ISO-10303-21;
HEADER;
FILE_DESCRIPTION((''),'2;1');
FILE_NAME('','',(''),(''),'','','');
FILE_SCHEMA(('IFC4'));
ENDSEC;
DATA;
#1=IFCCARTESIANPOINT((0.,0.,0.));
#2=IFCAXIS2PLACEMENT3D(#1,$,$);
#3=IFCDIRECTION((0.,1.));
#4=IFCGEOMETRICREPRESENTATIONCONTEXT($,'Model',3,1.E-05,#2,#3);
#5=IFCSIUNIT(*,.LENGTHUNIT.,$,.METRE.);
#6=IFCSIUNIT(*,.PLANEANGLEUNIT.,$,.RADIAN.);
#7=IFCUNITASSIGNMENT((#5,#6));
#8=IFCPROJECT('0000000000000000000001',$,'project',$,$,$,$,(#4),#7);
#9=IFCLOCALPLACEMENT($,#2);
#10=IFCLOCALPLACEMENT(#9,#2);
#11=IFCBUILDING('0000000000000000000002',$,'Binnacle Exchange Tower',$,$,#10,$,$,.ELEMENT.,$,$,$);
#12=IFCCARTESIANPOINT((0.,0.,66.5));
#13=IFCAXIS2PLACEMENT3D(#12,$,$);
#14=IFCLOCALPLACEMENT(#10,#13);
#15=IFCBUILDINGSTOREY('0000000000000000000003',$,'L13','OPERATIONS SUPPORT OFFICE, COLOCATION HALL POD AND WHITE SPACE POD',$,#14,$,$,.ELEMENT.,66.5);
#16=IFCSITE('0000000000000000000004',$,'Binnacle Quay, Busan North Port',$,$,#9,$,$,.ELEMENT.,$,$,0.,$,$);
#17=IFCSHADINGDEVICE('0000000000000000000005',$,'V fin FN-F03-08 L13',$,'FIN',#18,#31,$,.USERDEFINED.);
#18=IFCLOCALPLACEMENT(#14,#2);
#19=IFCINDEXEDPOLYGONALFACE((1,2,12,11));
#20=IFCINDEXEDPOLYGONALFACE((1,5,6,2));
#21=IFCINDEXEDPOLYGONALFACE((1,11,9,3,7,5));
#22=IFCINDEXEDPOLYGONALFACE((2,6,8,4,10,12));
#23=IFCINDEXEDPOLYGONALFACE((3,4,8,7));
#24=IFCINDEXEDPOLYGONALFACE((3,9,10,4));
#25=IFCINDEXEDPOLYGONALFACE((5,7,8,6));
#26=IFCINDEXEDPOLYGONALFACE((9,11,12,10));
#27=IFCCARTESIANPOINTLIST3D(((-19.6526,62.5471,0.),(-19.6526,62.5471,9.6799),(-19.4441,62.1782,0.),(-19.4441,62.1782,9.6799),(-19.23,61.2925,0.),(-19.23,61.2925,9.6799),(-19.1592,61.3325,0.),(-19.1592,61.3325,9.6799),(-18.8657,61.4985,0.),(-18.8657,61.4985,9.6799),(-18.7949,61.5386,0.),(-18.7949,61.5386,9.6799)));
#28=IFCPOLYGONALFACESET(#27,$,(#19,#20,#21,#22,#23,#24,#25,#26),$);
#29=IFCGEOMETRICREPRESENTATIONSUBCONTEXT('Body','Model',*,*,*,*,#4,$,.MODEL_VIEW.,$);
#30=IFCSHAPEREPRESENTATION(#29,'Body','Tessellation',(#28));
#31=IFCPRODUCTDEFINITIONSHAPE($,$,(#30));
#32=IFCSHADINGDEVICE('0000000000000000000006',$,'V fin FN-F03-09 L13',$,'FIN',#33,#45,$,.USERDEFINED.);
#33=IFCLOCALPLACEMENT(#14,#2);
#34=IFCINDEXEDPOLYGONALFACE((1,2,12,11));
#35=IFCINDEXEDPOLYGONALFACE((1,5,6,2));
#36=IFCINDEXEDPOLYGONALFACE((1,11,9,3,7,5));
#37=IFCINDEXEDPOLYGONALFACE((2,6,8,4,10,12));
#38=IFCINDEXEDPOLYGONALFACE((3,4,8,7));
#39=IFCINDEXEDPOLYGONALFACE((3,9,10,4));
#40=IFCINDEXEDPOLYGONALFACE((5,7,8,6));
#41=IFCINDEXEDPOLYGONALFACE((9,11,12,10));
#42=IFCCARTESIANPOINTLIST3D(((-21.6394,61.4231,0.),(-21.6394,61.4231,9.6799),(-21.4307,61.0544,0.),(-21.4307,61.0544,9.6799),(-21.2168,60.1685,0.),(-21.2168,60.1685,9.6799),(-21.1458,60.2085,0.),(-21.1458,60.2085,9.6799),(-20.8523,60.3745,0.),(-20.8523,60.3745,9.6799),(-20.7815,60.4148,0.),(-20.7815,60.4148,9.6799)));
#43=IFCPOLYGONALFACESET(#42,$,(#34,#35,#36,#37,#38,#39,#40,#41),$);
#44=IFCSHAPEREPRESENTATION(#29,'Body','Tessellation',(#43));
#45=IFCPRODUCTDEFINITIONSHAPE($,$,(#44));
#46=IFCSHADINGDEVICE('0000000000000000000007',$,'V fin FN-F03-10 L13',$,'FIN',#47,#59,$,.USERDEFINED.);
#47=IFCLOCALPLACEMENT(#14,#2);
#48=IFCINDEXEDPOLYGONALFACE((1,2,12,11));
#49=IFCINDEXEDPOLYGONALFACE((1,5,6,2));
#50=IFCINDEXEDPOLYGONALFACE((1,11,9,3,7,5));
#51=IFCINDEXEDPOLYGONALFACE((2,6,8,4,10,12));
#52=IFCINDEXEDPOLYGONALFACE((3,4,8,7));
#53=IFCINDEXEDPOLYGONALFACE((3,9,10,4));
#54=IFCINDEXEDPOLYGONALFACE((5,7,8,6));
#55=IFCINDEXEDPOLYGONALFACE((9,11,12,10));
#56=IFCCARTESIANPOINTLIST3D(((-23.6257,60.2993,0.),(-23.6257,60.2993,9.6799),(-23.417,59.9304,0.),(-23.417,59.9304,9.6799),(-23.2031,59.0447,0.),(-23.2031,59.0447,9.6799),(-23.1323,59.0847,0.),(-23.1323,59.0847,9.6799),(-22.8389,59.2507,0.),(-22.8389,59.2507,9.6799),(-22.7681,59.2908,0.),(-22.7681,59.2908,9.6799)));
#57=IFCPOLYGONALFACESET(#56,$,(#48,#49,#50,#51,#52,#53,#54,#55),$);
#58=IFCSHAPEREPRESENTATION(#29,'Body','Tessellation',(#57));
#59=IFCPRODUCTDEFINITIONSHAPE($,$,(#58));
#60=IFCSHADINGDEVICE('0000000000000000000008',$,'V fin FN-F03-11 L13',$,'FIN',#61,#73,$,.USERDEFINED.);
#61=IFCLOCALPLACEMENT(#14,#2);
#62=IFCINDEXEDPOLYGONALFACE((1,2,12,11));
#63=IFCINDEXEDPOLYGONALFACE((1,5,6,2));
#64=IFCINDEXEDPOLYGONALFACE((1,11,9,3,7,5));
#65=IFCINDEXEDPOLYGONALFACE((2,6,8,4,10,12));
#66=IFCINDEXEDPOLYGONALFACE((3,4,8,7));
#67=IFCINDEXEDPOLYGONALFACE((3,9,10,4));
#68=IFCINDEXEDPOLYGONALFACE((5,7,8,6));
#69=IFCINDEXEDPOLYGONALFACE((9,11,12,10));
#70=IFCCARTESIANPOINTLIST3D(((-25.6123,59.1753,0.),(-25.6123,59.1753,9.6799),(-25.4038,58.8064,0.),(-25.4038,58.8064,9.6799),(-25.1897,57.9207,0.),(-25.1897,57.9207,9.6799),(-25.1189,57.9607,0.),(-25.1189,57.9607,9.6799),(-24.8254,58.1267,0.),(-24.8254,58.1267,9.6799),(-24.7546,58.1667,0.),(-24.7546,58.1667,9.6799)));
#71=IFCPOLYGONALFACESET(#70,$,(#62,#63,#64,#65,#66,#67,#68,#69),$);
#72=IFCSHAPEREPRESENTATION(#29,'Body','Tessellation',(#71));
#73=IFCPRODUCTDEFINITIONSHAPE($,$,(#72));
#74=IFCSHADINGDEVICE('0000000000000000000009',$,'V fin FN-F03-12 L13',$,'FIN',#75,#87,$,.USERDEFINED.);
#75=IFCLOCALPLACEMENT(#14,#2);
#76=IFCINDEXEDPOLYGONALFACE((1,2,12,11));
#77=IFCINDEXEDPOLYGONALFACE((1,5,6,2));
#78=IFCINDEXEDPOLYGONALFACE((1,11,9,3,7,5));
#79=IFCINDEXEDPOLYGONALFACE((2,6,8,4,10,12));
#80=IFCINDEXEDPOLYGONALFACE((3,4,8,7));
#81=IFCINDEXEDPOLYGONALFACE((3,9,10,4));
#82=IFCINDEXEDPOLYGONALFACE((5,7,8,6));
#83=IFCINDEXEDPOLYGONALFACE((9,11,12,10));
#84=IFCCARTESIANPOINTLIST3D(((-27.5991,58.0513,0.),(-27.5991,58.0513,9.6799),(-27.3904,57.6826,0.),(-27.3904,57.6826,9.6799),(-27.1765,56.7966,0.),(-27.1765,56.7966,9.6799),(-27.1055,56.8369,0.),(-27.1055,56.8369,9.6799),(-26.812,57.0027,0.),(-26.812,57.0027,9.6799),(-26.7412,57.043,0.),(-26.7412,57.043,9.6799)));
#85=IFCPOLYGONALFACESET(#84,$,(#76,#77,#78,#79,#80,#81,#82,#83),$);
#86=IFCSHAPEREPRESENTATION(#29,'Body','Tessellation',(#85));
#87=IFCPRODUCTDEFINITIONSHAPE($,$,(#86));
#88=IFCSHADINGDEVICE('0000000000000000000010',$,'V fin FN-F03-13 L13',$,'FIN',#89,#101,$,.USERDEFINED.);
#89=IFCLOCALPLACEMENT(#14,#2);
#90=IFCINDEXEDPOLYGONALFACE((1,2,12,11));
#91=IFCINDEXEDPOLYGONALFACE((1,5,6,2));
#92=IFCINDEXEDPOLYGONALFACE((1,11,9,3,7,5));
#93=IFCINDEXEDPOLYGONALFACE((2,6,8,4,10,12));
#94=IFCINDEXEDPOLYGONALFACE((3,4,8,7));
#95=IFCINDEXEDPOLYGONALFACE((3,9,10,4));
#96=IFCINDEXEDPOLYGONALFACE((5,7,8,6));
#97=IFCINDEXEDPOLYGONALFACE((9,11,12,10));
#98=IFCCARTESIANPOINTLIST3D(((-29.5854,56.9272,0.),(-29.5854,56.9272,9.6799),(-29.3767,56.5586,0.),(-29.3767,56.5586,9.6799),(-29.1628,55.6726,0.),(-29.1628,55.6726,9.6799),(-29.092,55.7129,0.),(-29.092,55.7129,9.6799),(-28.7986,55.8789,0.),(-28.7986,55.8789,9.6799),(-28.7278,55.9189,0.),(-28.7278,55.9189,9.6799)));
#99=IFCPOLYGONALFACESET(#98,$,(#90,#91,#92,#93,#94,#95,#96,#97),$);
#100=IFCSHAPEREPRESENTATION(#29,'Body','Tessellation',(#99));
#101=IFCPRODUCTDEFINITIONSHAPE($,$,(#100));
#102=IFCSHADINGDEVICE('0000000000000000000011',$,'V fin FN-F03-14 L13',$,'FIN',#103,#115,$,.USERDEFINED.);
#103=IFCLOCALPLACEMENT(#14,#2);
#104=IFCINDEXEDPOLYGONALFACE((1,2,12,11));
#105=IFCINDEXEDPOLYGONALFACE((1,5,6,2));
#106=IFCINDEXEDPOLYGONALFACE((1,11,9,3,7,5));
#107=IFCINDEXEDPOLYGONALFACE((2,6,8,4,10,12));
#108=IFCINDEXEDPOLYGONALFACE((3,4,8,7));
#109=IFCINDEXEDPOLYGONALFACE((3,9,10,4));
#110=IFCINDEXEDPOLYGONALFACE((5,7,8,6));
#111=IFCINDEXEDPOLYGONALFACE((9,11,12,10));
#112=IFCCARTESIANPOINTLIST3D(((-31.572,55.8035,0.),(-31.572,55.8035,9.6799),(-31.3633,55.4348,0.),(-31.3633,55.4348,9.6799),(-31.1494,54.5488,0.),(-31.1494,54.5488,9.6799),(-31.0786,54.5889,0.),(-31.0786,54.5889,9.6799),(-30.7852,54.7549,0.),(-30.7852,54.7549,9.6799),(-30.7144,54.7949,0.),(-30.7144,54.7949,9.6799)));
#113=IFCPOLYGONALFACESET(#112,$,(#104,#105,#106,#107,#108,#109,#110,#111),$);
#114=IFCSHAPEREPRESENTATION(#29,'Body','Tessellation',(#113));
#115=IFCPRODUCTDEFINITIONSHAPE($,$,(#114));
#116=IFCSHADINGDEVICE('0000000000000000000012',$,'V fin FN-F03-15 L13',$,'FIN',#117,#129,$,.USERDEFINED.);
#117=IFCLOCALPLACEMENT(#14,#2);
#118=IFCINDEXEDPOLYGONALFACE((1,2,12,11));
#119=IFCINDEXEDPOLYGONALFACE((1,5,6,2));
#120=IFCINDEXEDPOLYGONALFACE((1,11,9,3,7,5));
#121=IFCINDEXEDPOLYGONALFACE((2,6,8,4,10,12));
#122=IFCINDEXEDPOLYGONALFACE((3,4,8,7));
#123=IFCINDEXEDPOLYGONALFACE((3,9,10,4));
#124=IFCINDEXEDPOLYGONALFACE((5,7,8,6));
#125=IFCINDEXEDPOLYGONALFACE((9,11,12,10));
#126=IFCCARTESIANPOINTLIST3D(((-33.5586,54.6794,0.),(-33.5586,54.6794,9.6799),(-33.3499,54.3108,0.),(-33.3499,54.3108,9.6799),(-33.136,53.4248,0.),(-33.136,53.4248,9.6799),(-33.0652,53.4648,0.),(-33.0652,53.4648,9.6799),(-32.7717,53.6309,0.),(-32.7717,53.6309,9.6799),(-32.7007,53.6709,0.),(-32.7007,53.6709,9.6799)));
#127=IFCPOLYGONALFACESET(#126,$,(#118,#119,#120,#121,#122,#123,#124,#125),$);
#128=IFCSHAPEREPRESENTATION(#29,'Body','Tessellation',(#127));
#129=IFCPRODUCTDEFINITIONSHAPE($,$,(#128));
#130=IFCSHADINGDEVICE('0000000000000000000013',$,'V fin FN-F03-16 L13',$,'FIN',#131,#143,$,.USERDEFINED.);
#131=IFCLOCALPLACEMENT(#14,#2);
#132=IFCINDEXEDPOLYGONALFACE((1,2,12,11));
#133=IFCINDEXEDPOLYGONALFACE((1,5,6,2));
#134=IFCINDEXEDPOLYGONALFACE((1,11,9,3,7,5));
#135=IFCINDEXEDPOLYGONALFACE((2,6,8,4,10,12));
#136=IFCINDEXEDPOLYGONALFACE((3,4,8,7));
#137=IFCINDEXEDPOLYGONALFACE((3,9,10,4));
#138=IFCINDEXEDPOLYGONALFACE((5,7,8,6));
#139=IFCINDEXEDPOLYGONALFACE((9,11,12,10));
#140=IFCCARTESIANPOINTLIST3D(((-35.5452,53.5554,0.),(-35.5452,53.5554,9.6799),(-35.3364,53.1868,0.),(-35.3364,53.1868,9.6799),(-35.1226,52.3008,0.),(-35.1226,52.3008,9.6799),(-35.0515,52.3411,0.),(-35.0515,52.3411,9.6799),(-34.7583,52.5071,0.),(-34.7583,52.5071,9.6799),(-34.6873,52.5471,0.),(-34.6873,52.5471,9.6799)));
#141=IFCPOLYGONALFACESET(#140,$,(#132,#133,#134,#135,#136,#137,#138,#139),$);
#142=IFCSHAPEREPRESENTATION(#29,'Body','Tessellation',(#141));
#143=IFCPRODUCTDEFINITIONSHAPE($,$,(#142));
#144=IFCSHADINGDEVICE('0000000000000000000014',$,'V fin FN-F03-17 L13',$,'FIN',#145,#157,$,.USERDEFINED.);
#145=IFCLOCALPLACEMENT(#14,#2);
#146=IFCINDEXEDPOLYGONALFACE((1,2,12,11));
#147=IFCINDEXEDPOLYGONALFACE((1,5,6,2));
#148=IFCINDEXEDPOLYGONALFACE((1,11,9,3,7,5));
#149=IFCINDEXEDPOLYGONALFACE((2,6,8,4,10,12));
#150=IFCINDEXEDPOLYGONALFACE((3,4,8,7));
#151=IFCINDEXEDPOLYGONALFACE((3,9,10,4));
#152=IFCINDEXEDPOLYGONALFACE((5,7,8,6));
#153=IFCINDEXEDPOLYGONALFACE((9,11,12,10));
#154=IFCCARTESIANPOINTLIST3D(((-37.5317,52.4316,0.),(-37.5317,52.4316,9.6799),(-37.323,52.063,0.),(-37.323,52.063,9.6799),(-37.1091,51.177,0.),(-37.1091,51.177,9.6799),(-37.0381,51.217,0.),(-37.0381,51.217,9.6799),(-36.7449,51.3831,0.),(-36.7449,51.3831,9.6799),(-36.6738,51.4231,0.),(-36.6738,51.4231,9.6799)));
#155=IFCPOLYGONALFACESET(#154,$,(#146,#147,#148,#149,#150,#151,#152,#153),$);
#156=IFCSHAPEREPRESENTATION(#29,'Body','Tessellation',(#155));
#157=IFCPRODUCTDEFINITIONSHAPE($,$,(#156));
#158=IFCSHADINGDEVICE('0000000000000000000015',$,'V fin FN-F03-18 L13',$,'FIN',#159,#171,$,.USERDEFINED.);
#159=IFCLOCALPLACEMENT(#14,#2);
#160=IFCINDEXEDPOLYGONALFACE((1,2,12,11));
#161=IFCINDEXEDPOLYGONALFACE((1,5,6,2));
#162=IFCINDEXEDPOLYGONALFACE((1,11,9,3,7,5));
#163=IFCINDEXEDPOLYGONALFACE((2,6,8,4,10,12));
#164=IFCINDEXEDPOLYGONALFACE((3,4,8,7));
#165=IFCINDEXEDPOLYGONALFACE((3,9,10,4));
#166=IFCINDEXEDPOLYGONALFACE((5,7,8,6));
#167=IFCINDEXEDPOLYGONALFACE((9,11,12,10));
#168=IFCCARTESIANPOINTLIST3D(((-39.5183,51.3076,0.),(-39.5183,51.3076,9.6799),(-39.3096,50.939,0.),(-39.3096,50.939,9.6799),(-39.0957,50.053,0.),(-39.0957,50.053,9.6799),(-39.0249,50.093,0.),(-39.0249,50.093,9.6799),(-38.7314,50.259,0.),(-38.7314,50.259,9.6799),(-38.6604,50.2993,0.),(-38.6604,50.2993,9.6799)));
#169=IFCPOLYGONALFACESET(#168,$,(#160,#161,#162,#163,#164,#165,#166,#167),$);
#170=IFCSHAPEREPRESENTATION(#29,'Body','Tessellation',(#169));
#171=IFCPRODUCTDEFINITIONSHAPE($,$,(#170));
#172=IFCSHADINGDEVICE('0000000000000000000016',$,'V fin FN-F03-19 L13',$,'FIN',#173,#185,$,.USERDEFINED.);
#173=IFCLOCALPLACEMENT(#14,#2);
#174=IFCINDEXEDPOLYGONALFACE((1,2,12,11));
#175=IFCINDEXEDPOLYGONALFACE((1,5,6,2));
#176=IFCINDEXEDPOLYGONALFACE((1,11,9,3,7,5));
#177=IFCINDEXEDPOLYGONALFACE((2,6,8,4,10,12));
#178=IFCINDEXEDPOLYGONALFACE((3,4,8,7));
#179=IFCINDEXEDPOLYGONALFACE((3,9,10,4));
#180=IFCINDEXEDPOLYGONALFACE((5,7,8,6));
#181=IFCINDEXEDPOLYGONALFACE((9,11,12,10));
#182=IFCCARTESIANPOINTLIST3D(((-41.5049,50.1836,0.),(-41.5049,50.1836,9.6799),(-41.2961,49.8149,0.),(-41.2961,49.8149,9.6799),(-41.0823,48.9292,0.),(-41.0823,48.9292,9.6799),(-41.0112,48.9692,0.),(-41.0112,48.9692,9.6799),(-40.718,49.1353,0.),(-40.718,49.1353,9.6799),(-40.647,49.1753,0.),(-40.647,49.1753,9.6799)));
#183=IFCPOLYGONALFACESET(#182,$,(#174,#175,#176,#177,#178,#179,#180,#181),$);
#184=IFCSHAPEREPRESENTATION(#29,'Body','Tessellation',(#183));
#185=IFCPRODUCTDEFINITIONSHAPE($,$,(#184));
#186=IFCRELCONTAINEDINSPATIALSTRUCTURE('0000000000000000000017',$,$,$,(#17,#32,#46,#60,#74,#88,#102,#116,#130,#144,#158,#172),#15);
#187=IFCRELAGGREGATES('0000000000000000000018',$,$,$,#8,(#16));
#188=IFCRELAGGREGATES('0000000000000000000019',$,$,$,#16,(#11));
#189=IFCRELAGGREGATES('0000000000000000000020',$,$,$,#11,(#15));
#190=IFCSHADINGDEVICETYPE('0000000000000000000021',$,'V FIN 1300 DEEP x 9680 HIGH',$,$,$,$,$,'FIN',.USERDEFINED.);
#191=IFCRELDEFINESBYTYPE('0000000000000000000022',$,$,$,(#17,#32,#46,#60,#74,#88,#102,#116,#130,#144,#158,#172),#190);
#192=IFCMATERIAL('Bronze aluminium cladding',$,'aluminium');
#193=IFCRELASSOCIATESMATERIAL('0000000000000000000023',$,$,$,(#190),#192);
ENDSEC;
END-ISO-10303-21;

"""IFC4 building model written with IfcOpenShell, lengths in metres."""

from ifc_helpers import new_model, si_unit, direction, frame, origin, place, context, subcontext, project, spatial, polyline, outline, extrude, material, type_object, element, save


model = new_model("IFC4")

# Units and contexts
model_context = context("Model", 3, precision=1e-05, world=origin(), true_north=direction((0.0, 1.0)))
body_context = subcontext(model_context, "Body", "Model", "MODEL_VIEW")
ifc_project = project(units=[si_unit("LENGTHUNIT", "METRE"), si_unit("PLANEANGLEUNIT", "RADIAN")], contexts=[model_context])

# Site, building, storey
site_placement = place(None, origin())
site = spatial("IfcSite", under=ifc_project, at=site_placement, Name="Binnacle Quay, Busan North Port", CompositionType="ELEMENT", RefElevation=0.0)
building_placement = place(site_placement, origin())
building = spatial("IfcBuilding", under=site, at=building_placement, Name="Binnacle Exchange Tower", CompositionType="ELEMENT")
storey_placement = place(building_placement, frame((0.0, 0.0, 66.5)))
storey = spatial("IfcBuildingStorey", under=building, at=storey_placement, Name="L13", Description="OPERATIONS SUPPORT OFFICE, COLOCATION HALL POD AND WHITE SPACE POD", CompositionType="ELEMENT", Elevation=66.5)

# Shading devices
ifc_material = material(Name="Bronze aluminium cladding", Category="aluminium")
shading_device_type = type_object("IfcShadingDeviceType", Name="V FIN 1300 DEEP x 9680 HIGH", ElementType="FIN", PredefinedType="USERDEFINED", material=ifc_material)
shading_device_1_placement = place(storey_placement, origin())
element("IfcShadingDevice", 1, at=shading_device_1_placement, inside=storey, type_object=shading_device_type, Name="V fin FN-F03-08 L13", ObjectType="FIN", PredefinedType="USERDEFINED", context=body_context, shape_type="SweptSolid", body=[
    extrude(outline(polyline([(-18.7949, 61.5386), (-19.6526, 62.5471), (-19.23, 61.2925), (-19.1592, 61.3325), (-19.4441, 62.1782), (-18.8657, 61.4985), (-18.7949, 61.5386)])), origin(), (0.0, 0.0, 1.0), 9.6799),
])
shading_device_2_placement = place(storey_placement, origin())
element("IfcShadingDevice", 2, at=shading_device_2_placement, inside=storey, type_object=shading_device_type, Name="V fin FN-F03-09 L13", ObjectType="FIN", PredefinedType="USERDEFINED", context=body_context, shape_type="SweptSolid", body=[
    extrude(outline(polyline([(-20.7815, 60.4148), (-21.6394, 61.4231), (-21.2168, 60.1685), (-21.1458, 60.2085), (-21.4307, 61.0544), (-20.8523, 60.3745), (-20.7815, 60.4148)])), origin(), (0.0, 0.0, 1.0), 9.6799),
])
shading_device_3_placement = place(storey_placement, origin())
element("IfcShadingDevice", 3, at=shading_device_3_placement, inside=storey, type_object=shading_device_type, Name="V fin FN-F03-10 L13", ObjectType="FIN", PredefinedType="USERDEFINED", context=body_context, shape_type="SweptSolid", body=[
    extrude(outline(polyline([(-22.7681, 59.2908), (-23.6257, 60.2993), (-23.2031, 59.0447), (-23.1323, 59.0847), (-23.417, 59.9304), (-22.8389, 59.2507), (-22.7681, 59.2908)])), origin(), (0.0, 0.0, 1.0), 9.6799),
])
shading_device_4_placement = place(storey_placement, origin())
element("IfcShadingDevice", 4, at=shading_device_4_placement, inside=storey, type_object=shading_device_type, Name="V fin FN-F03-11 L13", ObjectType="FIN", PredefinedType="USERDEFINED", context=body_context, shape_type="SweptSolid", body=[
    extrude(outline(polyline([(-24.7546, 58.1667), (-25.6123, 59.1753), (-25.1897, 57.9207), (-25.1189, 57.9607), (-25.4038, 58.8064), (-24.8254, 58.1267), (-24.7546, 58.1667)])), origin(), (0.0, 0.0, 1.0), 9.6799),
])
shading_device_5_placement = place(storey_placement, origin())
element("IfcShadingDevice", 5, at=shading_device_5_placement, inside=storey, type_object=shading_device_type, Name="V fin FN-F03-12 L13", ObjectType="FIN", PredefinedType="USERDEFINED", context=body_context, shape_type="SweptSolid", body=[
    extrude(outline(polyline([(-26.7412, 57.043), (-27.5991, 58.0513), (-27.1765, 56.7966), (-27.1055, 56.8369), (-27.3904, 57.6826), (-26.812, 57.0027), (-26.7412, 57.043)])), origin(), (0.0, 0.0, 1.0), 9.6799),
])
shading_device_6_placement = place(storey_placement, origin())
element("IfcShadingDevice", 6, at=shading_device_6_placement, inside=storey, type_object=shading_device_type, Name="V fin FN-F03-13 L13", ObjectType="FIN", PredefinedType="USERDEFINED", context=body_context, shape_type="SweptSolid", body=[
    extrude(outline(polyline([(-28.7278, 55.9189), (-29.5854, 56.9272), (-29.1628, 55.6726), (-29.092, 55.7129), (-29.3767, 56.5586), (-28.7986, 55.8789), (-28.7278, 55.9189)])), origin(), (0.0, 0.0, 1.0), 9.6799),
])
shading_device_7_placement = place(storey_placement, origin())
element("IfcShadingDevice", 7, at=shading_device_7_placement, inside=storey, type_object=shading_device_type, Name="V fin FN-F03-14 L13", ObjectType="FIN", PredefinedType="USERDEFINED", context=body_context, shape_type="SweptSolid", body=[
    extrude(outline(polyline([(-30.7144, 54.7949), (-31.572, 55.8035), (-31.1494, 54.5488), (-31.0786, 54.5889), (-31.3633, 55.4348), (-30.7852, 54.7549), (-30.7144, 54.7949)])), origin(), (0.0, 0.0, 1.0), 9.6799),
])
shading_device_8_placement = place(storey_placement, origin())
element("IfcShadingDevice", 8, at=shading_device_8_placement, inside=storey, type_object=shading_device_type, Name="V fin FN-F03-15 L13", ObjectType="FIN", PredefinedType="USERDEFINED", context=body_context, shape_type="SweptSolid", body=[
    extrude(outline(polyline([(-32.7007, 53.6709), (-33.5586, 54.6794), (-33.136, 53.4248), (-33.0652, 53.4648), (-33.3499, 54.3108), (-32.7717, 53.6309), (-32.7007, 53.6709)])), origin(), (0.0, 0.0, 1.0), 9.6799),
])
shading_device_9_placement = place(storey_placement, origin())
element("IfcShadingDevice", 9, at=shading_device_9_placement, inside=storey, type_object=shading_device_type, Name="V fin FN-F03-16 L13", ObjectType="FIN", PredefinedType="USERDEFINED", context=body_context, shape_type="SweptSolid", body=[
    extrude(outline(polyline([(-34.6873, 52.5471), (-35.5452, 53.5554), (-35.1226, 52.3008), (-35.0515, 52.3411), (-35.3364, 53.1868), (-34.7583, 52.5071), (-34.6873, 52.5471)])), origin(), (0.0, 0.0, 1.0), 9.6799),
])
shading_device_10_placement = place(storey_placement, origin())
element("IfcShadingDevice", 10, at=shading_device_10_placement, inside=storey, type_object=shading_device_type, Name="V fin FN-F03-17 L13", ObjectType="FIN", PredefinedType="USERDEFINED", context=body_context, shape_type="SweptSolid", body=[
    extrude(outline(polyline([(-36.6738, 51.4231), (-37.5317, 52.4316), (-37.1091, 51.177), (-37.0381, 51.217), (-37.323, 52.063), (-36.7449, 51.3831), (-36.6738, 51.4231)])), origin(), (0.0, 0.0, 1.0), 9.6799),
])
shading_device_11_placement = place(storey_placement, origin())
element("IfcShadingDevice", 11, at=shading_device_11_placement, inside=storey, type_object=shading_device_type, Name="V fin FN-F03-18 L13", ObjectType="FIN", PredefinedType="USERDEFINED", context=body_context, shape_type="SweptSolid", body=[
    extrude(outline(polyline([(-38.6604, 50.2993), (-39.5183, 51.3076), (-39.0957, 50.053), (-39.0249, 50.093), (-39.3096, 50.939), (-38.7314, 50.259), (-38.6604, 50.2993)])), origin(), (0.0, 0.0, 1.0), 9.6799),
])
shading_device_12_placement = place(storey_placement, origin())
element("IfcShadingDevice", 12, at=shading_device_12_placement, inside=storey, type_object=shading_device_type, Name="V fin FN-F03-19 L13", ObjectType="FIN", PredefinedType="USERDEFINED", context=body_context, shape_type="SweptSolid", body=[
    extrude(outline(polyline([(-40.647, 49.1753), (-41.5049, 50.1836), (-41.0823, 48.9292), (-41.0112, 48.9692), (-41.2961, 49.8149), (-40.718, 49.1353), (-40.647, 49.1753)])), origin(), (0.0, 0.0, 1.0), 9.6799),
])

save(model, "model.ifc")
